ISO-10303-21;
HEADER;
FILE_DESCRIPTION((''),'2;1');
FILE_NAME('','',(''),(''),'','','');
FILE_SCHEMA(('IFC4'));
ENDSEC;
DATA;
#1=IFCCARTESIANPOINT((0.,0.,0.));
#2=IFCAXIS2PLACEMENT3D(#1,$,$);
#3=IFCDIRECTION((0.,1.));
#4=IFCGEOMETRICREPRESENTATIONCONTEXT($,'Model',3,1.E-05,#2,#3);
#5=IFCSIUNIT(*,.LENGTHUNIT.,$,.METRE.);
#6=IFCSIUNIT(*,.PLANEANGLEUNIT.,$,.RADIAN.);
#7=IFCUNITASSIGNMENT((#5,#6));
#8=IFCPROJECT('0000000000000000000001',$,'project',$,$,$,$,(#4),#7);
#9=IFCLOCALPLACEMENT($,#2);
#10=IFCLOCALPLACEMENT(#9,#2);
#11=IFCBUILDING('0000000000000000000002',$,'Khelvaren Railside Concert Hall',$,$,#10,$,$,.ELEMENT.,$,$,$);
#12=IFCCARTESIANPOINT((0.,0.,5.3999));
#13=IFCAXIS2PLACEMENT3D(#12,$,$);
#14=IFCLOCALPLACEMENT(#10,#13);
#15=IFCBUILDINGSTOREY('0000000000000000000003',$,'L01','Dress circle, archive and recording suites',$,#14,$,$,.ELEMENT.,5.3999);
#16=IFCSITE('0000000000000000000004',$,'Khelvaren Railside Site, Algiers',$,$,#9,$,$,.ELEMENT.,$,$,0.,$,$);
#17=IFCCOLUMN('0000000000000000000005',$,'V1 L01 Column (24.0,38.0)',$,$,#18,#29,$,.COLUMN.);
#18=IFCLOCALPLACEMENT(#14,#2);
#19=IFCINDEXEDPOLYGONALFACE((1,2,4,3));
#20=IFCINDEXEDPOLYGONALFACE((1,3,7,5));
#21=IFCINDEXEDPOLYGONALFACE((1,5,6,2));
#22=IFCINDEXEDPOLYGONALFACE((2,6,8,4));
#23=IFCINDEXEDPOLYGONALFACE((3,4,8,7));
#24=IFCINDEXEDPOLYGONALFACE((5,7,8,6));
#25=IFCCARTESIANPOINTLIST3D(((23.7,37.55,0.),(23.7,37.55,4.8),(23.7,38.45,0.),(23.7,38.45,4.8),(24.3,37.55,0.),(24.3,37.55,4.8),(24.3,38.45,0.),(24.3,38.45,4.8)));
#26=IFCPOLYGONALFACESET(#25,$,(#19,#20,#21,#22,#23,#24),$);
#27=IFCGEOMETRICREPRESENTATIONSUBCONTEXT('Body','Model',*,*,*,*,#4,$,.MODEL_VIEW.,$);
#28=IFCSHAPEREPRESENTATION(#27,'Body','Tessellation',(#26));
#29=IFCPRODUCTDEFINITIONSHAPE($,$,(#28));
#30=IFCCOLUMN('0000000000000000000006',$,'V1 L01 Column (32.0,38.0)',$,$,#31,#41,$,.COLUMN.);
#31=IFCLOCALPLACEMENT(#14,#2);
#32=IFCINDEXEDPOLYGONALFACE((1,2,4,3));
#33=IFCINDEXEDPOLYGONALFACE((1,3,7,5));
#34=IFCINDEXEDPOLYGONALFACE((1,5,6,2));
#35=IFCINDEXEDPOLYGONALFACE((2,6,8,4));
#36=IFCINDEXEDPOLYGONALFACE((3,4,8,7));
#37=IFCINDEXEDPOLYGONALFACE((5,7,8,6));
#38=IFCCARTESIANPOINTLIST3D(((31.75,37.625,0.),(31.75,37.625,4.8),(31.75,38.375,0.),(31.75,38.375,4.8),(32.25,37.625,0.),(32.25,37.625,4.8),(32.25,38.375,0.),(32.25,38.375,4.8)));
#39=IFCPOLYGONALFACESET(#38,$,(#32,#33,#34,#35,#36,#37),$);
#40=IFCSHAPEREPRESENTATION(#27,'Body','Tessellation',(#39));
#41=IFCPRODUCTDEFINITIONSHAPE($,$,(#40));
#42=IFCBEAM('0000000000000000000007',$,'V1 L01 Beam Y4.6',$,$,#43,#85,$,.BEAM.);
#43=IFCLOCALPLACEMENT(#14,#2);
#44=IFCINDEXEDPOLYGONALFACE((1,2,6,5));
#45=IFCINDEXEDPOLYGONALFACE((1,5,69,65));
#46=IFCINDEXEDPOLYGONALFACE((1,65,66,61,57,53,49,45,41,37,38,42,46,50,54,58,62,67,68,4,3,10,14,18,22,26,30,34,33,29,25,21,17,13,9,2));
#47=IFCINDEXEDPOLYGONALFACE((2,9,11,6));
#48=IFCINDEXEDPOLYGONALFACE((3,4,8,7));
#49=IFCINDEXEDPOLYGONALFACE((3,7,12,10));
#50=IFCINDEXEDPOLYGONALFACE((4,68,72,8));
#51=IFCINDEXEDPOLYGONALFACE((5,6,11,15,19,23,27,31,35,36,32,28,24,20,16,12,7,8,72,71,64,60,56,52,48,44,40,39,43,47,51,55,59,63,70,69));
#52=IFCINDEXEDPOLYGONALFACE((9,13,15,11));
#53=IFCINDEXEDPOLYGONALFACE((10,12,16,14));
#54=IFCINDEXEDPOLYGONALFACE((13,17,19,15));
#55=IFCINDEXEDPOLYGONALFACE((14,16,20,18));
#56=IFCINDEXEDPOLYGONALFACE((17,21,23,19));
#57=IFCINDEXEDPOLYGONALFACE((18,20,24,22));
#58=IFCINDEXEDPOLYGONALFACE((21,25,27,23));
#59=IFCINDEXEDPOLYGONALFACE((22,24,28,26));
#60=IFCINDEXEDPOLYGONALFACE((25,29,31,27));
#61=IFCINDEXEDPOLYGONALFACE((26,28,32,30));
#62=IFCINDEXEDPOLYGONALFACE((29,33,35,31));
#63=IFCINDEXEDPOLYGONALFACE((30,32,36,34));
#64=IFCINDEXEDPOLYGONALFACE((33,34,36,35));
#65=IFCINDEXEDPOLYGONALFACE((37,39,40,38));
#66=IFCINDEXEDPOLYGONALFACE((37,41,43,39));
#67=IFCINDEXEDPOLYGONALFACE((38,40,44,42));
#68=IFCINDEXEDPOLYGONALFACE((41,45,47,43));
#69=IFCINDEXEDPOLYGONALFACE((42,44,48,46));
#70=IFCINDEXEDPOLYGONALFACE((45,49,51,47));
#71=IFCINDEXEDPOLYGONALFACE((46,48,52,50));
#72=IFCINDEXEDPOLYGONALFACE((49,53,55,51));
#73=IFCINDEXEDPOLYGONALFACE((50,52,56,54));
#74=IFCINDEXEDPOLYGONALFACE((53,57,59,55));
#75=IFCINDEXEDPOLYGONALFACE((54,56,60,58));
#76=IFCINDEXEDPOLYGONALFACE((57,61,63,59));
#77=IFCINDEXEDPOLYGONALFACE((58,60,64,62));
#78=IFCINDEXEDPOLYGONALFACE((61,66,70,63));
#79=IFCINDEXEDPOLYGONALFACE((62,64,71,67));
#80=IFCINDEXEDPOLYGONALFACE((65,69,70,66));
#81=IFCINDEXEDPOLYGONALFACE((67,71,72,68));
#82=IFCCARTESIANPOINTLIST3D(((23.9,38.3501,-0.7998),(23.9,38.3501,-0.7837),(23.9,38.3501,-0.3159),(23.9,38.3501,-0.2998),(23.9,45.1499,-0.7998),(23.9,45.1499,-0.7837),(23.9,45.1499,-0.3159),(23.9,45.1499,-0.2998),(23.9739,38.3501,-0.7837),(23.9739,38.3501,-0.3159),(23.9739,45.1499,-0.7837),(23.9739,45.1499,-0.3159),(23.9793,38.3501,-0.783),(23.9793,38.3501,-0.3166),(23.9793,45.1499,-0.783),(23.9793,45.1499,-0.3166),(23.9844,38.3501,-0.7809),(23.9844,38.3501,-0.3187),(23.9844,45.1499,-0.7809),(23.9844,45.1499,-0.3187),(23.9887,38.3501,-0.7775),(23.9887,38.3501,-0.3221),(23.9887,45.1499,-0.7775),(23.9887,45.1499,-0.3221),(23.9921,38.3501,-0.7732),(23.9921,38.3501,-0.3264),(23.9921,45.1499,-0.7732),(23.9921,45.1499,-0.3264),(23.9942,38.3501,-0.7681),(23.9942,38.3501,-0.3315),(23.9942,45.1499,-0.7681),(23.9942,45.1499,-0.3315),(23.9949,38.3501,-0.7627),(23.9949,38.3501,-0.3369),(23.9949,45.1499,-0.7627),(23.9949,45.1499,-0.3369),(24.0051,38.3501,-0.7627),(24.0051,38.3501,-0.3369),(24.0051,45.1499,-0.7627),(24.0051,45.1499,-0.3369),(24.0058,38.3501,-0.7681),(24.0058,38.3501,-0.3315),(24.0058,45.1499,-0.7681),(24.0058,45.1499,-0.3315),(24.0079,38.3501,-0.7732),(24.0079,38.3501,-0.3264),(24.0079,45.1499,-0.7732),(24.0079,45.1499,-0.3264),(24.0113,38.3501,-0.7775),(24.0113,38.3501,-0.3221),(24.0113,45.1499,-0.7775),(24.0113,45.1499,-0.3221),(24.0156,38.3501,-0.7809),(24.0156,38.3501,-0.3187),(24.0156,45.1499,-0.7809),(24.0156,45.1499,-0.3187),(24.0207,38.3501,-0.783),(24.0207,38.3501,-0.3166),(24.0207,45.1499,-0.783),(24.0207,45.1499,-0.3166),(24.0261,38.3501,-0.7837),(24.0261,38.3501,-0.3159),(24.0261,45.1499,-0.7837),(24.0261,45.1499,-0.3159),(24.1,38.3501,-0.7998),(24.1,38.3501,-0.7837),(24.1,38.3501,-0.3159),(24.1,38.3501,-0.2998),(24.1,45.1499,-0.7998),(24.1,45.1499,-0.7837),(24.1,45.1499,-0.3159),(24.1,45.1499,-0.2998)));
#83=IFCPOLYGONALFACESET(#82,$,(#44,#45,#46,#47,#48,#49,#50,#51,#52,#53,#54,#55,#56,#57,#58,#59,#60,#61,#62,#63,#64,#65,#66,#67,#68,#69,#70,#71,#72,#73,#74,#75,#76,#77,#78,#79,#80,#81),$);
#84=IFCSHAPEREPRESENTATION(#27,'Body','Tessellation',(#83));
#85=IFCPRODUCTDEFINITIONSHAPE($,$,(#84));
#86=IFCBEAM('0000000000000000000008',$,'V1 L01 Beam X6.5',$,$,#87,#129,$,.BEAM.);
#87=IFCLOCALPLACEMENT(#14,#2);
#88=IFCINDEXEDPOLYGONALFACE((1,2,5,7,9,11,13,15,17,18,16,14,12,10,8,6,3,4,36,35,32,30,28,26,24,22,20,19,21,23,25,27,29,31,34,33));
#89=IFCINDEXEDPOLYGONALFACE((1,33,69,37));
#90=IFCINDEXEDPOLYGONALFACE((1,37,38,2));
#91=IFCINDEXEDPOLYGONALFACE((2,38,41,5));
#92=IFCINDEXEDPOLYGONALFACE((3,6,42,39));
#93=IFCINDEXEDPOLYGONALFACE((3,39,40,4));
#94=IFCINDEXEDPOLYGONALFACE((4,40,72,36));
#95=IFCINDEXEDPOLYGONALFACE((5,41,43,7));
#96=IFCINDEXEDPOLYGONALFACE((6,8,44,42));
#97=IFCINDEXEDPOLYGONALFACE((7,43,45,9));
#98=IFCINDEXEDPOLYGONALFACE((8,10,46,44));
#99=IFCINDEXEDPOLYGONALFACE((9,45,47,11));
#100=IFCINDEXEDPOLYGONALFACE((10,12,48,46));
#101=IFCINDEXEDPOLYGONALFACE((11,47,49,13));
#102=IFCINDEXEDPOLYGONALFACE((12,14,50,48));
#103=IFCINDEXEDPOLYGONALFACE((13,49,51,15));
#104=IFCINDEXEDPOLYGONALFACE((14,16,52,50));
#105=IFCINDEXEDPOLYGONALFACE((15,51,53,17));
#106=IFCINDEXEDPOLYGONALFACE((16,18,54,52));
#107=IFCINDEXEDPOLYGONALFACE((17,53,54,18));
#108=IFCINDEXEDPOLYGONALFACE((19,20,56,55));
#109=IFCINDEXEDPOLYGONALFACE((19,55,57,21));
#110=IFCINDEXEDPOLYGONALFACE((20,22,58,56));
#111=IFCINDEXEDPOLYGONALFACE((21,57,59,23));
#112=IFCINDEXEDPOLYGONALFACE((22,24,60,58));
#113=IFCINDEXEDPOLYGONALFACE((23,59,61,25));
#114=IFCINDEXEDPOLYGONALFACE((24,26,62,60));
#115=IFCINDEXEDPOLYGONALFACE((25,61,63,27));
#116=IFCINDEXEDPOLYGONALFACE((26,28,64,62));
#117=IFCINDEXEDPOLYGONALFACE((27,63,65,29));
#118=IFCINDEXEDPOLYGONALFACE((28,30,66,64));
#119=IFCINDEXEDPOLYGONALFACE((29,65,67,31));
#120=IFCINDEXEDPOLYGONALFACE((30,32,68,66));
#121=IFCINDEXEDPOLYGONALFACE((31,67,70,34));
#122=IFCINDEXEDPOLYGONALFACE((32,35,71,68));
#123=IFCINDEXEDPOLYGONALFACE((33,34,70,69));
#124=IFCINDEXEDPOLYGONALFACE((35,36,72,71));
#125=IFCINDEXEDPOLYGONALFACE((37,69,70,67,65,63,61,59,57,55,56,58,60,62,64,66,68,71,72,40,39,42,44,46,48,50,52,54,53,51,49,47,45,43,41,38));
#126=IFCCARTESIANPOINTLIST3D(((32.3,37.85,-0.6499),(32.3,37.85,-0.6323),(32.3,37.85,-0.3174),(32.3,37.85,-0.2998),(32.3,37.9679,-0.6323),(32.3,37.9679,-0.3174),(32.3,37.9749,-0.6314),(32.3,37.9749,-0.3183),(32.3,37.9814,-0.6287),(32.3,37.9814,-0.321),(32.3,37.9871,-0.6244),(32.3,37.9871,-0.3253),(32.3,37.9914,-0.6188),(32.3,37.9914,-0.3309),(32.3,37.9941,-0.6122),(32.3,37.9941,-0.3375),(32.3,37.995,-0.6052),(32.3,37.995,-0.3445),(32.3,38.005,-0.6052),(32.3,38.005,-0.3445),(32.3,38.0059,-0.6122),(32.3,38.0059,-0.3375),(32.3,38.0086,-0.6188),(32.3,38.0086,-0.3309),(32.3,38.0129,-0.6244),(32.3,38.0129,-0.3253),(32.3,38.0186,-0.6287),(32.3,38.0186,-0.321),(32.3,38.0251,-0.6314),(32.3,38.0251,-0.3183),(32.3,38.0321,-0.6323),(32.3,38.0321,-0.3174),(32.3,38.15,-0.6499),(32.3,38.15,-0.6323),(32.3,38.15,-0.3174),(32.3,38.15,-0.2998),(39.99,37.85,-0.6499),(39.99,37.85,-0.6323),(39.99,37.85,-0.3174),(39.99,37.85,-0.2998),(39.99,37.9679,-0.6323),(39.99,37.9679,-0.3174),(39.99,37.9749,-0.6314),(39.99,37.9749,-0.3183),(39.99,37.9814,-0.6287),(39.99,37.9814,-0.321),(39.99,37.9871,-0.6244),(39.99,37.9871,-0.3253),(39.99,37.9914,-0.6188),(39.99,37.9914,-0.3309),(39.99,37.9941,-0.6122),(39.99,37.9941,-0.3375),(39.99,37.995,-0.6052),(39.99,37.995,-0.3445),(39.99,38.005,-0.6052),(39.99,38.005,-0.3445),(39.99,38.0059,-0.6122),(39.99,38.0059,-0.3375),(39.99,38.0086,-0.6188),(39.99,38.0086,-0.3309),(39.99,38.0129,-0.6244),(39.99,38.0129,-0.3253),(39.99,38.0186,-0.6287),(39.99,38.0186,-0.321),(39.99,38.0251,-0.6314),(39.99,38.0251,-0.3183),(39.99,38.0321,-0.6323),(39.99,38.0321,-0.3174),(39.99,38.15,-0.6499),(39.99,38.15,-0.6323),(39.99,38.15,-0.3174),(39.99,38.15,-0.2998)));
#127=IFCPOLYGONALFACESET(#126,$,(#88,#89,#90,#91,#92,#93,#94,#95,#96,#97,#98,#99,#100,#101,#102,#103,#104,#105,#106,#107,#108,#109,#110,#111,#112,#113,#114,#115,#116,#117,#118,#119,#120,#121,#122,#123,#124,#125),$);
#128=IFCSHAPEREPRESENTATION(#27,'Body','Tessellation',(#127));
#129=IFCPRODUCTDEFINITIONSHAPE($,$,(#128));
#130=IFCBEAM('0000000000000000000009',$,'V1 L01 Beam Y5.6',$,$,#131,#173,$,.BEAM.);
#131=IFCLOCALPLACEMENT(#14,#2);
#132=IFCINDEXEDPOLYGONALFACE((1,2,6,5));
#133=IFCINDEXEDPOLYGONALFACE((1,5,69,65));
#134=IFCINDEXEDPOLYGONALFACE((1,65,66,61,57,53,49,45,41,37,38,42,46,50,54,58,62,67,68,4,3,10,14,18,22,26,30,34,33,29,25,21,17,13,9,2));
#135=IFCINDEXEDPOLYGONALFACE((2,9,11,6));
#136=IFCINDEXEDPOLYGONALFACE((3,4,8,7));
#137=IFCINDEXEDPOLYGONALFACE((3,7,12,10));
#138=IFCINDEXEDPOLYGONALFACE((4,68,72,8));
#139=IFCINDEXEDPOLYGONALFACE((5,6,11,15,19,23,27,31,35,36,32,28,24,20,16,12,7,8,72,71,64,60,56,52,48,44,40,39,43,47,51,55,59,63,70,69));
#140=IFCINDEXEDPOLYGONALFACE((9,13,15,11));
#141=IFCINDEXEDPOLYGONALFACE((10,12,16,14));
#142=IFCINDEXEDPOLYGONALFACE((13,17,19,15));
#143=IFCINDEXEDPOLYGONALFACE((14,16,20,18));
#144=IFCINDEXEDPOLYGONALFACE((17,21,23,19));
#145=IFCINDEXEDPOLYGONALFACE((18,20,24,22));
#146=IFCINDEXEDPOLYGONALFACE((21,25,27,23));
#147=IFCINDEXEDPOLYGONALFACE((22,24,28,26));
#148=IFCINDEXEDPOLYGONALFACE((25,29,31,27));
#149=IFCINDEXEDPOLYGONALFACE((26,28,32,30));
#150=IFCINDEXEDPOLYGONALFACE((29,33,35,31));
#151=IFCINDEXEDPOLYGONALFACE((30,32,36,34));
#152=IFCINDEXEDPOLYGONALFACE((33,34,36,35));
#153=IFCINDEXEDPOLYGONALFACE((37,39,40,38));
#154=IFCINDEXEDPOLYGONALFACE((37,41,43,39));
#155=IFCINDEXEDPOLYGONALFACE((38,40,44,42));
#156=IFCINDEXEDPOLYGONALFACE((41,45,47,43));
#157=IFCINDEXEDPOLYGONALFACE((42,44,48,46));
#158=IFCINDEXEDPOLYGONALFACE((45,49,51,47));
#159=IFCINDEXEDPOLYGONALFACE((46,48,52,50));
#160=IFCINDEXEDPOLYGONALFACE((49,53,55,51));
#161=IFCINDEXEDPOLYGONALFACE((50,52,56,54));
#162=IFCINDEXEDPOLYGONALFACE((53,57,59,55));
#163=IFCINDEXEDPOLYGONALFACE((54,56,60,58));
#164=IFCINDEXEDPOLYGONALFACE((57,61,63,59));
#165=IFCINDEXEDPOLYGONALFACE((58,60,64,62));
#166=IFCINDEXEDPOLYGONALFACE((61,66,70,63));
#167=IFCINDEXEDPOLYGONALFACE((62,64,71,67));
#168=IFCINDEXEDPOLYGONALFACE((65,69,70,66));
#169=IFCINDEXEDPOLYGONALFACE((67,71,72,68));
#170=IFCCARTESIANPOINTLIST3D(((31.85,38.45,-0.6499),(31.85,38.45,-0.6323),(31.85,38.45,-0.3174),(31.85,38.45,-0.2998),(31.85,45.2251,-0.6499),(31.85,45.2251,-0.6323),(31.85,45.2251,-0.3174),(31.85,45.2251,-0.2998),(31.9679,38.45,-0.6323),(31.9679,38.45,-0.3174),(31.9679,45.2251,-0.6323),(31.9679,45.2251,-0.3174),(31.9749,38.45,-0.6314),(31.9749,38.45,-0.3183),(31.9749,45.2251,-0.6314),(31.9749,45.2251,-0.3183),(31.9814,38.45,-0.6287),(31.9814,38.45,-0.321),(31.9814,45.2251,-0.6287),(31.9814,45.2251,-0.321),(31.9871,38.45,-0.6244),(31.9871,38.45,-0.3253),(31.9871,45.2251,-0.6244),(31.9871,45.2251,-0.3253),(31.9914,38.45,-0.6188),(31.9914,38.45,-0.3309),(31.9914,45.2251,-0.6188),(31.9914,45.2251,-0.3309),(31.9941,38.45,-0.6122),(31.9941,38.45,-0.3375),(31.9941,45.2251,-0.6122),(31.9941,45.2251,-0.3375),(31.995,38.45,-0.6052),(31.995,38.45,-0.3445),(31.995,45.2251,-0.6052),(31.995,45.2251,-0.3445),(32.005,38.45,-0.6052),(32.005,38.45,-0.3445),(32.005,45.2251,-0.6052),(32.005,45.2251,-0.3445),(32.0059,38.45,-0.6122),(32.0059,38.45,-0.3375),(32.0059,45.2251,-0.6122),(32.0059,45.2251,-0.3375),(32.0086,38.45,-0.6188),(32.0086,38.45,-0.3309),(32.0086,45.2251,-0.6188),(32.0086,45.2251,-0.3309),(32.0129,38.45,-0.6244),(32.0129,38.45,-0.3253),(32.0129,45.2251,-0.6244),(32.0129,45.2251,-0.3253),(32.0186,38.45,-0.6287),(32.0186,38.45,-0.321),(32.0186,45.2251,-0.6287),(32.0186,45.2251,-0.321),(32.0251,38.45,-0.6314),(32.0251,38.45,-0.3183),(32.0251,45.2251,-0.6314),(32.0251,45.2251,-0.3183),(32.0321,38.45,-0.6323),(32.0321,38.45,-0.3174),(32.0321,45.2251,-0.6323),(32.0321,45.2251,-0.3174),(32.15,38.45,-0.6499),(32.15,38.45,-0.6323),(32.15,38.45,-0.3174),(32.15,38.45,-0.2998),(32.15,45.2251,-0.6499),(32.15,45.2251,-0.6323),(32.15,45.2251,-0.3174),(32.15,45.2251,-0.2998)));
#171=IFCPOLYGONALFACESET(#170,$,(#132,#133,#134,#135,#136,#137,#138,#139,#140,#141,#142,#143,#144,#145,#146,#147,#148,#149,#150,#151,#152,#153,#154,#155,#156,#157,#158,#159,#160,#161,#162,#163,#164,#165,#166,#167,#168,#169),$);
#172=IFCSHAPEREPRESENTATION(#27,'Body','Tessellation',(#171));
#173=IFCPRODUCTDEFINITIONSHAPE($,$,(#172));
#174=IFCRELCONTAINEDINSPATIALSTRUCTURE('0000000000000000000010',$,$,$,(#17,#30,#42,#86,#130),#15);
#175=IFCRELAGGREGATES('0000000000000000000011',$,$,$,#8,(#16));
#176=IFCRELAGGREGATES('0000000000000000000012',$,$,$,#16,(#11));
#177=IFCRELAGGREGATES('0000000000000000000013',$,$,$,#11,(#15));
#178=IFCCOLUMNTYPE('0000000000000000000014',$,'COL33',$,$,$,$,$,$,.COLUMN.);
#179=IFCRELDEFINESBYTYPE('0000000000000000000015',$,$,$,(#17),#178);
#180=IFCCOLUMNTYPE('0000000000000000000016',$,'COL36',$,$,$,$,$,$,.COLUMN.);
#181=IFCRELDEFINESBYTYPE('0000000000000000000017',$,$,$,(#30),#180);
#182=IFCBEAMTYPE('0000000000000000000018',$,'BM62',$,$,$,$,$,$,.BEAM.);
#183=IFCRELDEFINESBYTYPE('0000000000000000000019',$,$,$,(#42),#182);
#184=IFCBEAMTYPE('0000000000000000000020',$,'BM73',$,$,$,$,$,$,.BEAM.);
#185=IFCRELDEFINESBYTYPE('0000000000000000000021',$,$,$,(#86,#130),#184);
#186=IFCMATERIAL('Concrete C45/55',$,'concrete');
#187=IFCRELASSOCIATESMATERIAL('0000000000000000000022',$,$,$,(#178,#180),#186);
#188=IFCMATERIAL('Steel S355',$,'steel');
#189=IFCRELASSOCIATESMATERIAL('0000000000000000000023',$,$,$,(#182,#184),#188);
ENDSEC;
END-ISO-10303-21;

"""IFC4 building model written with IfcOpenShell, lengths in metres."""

from ifc_helpers import new_model, si_unit, direction, frame, origin, origin_2d, place, context, subcontext, project, spatial, rectangle, i_section, extrude, material, material_profile, profile_set, type_object, element, save


model = new_model("IFC4")

# Units and contexts
model_context = context("Model", 3, precision=1e-05, world=origin(), true_north=direction((0.0, 1.0)))
body_context = subcontext(model_context, "Body", "Model", "MODEL_VIEW")
ifc_project = project(units=[si_unit("LENGTHUNIT", "METRE"), si_unit("PLANEANGLEUNIT", "RADIAN")], contexts=[model_context])

# Site, building, storey
site_placement = place(None, origin())
site = spatial("IfcSite", under=ifc_project, at=site_placement, Name="Khelvaren Railside Site, Algiers", CompositionType="ELEMENT", RefElevation=0.0)
building_placement = place(site_placement, origin())
building = spatial("IfcBuilding", under=site, at=building_placement, Name="Khelvaren Railside Concert Hall", CompositionType="ELEMENT")
storey_placement = place(building_placement, frame((0.0, 0.0, 5.3999)))
storey = spatial("IfcBuildingStorey", under=building, at=storey_placement, Name="L01", Description="Dress circle, archive and recording suites", CompositionType="ELEMENT", Elevation=5.3999)

# Columns
ifc_material_1 = material(Name="Concrete C45/55", Category="concrete")
ifc_material_profile_1 = material_profile(ifc_material_1, rectangle(XDim=0.6001, YDim=0.8999, at=origin_2d()), Name="RC 600x900")
ifc_profile_set_1 = profile_set([ifc_material_profile_1], Name="Concrete C45/55")
column_type_1 = type_object("IfcColumnType", Name="COL33", PredefinedType="COLUMN", material=ifc_profile_set_1)
column_1_placement = place(storey_placement, frame((24.0, 38.0, 0.0), z_axis=(0.0, 0.0, 1.0), x_axis=(1.0, 0.0, 0.0)))
element("IfcColumn", 1, at=column_1_placement, inside=storey, type_object=column_type_1, Name="V1 L01 Column (24.0,38.0)", PredefinedType="COLUMN", context=body_context, shape_type="SweptSolid", body=[
    extrude(rectangle(XDim=0.6001, YDim=0.8999, at=origin_2d()), origin(), (0.0, 0.0, 1.0), 4.8),
])
ifc_material_profile_2 = material_profile(ifc_material_1, rectangle(XDim=0.5, YDim=0.75, at=origin_2d()), Name="RC 500x750")
ifc_profile_set_2 = profile_set([ifc_material_profile_2], Name="Concrete C45/55")
column_type_2 = type_object("IfcColumnType", Name="COL36", PredefinedType="COLUMN", material=ifc_profile_set_2)
column_2_placement = place(storey_placement, frame((32.0, 38.0, 0.0), z_axis=(0.0, 0.0, 1.0), x_axis=(1.0, 0.0, 0.0)))
element("IfcColumn", 2, at=column_2_placement, inside=storey, type_object=column_type_2, Name="V1 L01 Column (32.0,38.0)", PredefinedType="COLUMN", context=body_context, shape_type="SweptSolid", body=[
    extrude(rectangle(XDim=0.5, YDim=0.75, at=origin_2d()), origin(), (0.0, 0.0, 1.0), 4.8),
])

# Beams
ifc_material_2 = material(Name="Steel S355", Category="steel")
ifc_material_profile_3 = material_profile(ifc_material_2, i_section(OverallWidth=0.2, OverallDepth=0.5, WebThickness=0.0103, FlangeThickness=0.0161, FilletRadius=0.021, at=origin_2d()), Name="IPE 500")
ifc_profile_set_3 = profile_set([ifc_material_profile_3], Name="Steel S355")
beam_type_1 = type_object("IfcBeamType", Name="BM62", PredefinedType="BEAM", material=ifc_profile_set_3)
beam_1_placement = place(storey_placement, frame((24.0, 38.3501, -0.5498), z_axis=(0.0, 1.0, 0.0), x_axis=(-1.0, 0.0, 0.0)))
element("IfcBeam", 3, at=beam_1_placement, inside=storey, type_object=beam_type_1, Name="V1 L01 Beam Y4.6", PredefinedType="BEAM", context=body_context, shape_type="SweptSolid", body=[
    extrude(i_section(OverallWidth=0.2, OverallDepth=0.5, WebThickness=0.0103, FlangeThickness=0.0161, FilletRadius=0.021, at=origin_2d()), origin(), (0.0, 0.0, 1.0), 6.7998),
])
ifc_material_profile_4 = material_profile(ifc_material_2, i_section(OverallWidth=0.3, OverallDepth=0.3501, WebThickness=0.01, FlangeThickness=0.0176, FilletRadius=0.0271, at=origin_2d()), Name="HEA 360")
ifc_profile_set_4 = profile_set([ifc_material_profile_4], Name="Steel S355")
beam_type_2 = type_object("IfcBeamType", Name="BM73", PredefinedType="BEAM", material=ifc_profile_set_4)
beam_2_placement = place(storey_placement, frame((32.3, 38.0, -0.4749), z_axis=(1.0, 0.0, 0.0), x_axis=(0.0, 1.0, 0.0)))
element("IfcBeam", 4, at=beam_2_placement, inside=storey, type_object=beam_type_2, Name="V1 L01 Beam X6.5", PredefinedType="BEAM", context=body_context, shape_type="SweptSolid", body=[
    extrude(i_section(OverallWidth=0.3, OverallDepth=0.3501, WebThickness=0.01, FlangeThickness=0.0176, FilletRadius=0.0271, at=origin_2d()), origin(), (0.0, 0.0, 1.0), 7.6899),
])
beam_3_placement = place(storey_placement, frame((32.0, 38.45, -0.4749), z_axis=(0.0, 1.0, 0.0), x_axis=(-1.0, 0.0, 0.0)))
element("IfcBeam", 5, at=beam_3_placement, inside=storey, type_object=beam_type_2, Name="V1 L01 Beam Y5.6", PredefinedType="BEAM", context=body_context, shape_type="SweptSolid", body=[
    extrude(i_section(OverallWidth=0.3, OverallDepth=0.3501, WebThickness=0.01, FlangeThickness=0.0176, FilletRadius=0.0271, at=origin_2d()), origin(), (0.0, 0.0, 1.0), 6.7751),
])

save(model, "model.ifc")
